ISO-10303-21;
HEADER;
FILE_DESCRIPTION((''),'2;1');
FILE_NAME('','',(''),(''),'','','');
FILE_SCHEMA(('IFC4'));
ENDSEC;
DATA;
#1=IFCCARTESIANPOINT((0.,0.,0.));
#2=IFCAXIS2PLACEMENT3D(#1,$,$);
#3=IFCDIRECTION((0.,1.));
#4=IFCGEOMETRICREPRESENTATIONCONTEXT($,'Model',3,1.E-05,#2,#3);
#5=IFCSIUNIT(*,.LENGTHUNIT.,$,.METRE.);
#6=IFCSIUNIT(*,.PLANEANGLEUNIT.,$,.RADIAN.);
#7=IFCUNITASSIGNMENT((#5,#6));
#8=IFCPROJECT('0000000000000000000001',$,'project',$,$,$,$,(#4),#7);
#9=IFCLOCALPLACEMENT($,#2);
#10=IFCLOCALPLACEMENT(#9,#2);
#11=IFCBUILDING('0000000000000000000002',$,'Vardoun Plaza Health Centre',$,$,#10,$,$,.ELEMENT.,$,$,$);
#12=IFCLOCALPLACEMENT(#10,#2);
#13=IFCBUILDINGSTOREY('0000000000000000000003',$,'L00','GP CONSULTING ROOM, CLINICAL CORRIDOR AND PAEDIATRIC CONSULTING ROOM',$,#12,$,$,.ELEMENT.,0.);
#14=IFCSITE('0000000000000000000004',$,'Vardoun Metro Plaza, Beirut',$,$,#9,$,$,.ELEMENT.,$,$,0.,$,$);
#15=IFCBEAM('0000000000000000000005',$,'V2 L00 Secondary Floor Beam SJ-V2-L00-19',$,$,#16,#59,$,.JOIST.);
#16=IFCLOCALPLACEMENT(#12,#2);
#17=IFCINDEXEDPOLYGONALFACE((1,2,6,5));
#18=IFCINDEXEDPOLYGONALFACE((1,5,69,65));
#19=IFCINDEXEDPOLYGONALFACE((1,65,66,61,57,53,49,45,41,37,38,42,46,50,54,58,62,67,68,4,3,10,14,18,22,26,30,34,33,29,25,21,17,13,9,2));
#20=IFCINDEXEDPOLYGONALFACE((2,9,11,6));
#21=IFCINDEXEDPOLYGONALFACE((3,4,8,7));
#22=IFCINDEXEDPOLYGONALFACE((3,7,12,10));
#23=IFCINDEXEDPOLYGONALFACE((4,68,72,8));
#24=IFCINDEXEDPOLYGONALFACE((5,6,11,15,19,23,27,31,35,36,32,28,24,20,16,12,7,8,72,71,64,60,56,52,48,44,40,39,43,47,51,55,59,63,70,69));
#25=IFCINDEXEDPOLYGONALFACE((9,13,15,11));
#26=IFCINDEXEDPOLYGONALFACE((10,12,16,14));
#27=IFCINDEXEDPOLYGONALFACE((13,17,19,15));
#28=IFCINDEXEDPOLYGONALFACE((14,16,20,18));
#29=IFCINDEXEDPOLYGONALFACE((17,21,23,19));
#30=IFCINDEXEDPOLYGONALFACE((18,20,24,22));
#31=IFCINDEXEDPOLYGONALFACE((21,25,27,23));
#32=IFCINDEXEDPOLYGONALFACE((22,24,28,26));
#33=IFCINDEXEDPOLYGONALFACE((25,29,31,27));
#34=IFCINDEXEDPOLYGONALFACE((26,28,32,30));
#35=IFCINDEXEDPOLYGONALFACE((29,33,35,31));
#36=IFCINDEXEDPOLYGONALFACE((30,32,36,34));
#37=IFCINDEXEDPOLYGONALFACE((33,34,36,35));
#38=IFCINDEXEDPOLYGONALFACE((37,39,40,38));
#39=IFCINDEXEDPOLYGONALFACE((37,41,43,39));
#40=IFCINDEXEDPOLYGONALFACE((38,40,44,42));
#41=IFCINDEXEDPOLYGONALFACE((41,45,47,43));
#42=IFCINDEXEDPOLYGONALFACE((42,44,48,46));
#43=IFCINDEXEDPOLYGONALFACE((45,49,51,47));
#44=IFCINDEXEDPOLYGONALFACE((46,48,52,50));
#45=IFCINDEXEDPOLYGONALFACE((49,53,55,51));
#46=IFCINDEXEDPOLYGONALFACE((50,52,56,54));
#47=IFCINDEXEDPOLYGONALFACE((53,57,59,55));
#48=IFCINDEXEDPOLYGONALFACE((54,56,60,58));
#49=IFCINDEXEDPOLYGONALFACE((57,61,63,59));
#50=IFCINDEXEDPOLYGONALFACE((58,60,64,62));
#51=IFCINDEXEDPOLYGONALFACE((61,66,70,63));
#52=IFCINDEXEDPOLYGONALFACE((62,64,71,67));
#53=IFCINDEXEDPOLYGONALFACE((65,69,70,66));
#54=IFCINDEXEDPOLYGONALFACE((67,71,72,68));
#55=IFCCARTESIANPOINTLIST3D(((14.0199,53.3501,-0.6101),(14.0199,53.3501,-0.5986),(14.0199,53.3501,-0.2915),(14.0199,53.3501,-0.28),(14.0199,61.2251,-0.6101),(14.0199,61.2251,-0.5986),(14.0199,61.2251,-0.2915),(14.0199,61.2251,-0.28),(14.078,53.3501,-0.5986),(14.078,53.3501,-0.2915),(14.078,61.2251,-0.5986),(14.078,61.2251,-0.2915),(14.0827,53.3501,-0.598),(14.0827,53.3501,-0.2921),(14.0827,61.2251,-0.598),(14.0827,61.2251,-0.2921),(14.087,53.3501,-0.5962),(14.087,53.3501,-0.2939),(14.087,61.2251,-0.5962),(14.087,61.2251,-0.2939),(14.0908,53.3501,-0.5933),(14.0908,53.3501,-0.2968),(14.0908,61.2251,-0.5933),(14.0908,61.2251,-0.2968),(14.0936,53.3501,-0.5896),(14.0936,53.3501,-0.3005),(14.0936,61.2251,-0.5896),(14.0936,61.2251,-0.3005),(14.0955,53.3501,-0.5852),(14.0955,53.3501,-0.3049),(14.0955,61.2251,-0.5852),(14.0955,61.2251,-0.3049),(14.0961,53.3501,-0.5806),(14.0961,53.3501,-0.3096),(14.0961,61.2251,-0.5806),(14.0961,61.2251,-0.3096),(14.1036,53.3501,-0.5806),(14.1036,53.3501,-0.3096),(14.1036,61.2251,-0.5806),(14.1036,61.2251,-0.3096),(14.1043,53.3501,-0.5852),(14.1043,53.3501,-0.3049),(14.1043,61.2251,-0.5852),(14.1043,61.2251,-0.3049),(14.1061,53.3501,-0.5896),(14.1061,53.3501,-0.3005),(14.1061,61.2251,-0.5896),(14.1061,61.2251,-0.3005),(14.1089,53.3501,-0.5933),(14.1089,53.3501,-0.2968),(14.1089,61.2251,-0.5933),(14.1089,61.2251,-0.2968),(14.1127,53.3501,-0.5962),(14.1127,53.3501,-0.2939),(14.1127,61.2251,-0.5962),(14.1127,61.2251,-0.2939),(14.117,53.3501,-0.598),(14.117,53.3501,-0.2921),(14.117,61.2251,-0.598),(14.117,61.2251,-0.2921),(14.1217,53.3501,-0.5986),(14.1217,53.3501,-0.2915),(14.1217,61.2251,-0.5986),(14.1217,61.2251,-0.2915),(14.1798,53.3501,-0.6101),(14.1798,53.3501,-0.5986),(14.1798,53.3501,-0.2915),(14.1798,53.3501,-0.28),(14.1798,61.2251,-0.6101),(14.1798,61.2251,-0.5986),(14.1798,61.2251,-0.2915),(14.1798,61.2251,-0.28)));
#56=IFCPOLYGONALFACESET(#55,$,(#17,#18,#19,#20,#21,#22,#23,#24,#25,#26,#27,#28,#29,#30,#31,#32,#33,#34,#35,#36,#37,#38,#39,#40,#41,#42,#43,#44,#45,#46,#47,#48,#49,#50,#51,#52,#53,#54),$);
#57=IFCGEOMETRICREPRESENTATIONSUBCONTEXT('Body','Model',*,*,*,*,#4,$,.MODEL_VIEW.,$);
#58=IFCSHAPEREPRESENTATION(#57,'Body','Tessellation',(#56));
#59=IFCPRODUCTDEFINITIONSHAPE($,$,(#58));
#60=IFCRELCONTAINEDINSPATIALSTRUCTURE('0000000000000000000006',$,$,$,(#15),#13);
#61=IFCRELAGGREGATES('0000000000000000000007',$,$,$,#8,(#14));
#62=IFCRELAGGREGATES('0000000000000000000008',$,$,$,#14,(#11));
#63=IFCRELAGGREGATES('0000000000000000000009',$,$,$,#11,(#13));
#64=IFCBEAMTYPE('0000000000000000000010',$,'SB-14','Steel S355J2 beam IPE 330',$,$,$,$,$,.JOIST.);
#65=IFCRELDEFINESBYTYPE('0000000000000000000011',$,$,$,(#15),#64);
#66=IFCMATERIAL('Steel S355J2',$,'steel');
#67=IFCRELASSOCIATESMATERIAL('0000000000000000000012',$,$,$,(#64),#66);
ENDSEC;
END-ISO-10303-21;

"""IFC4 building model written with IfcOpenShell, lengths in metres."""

from ifc_helpers import new_model, si_unit, direction, frame, origin, origin_2d, place, context, subcontext, project, spatial, i_section, extrude, material, material_profile, profile_set, type_object, element, save


model = new_model("IFC4")

# Units and contexts
model_context = context("Model", 3, precision=1e-05, world=origin(), true_north=direction((0.0, 1.0)))
body_context = subcontext(model_context, "Body", "Model", "MODEL_VIEW")
ifc_project = project(units=[si_unit("LENGTHUNIT", "METRE"), si_unit("PLANEANGLEUNIT", "RADIAN")], contexts=[model_context])

# Site, building, storey
site_placement = place(None, origin())
site = spatial("IfcSite", under=ifc_project, at=site_placement, Name="Vardoun Metro Plaza, Beirut", CompositionType="ELEMENT", RefElevation=0.0)
building_placement = place(site_placement, origin())
building = spatial("IfcBuilding", under=site, at=building_placement, Name="Vardoun Plaza Health Centre", CompositionType="ELEMENT")
storey_placement = place(building_placement, origin())
storey = spatial("IfcBuildingStorey", under=building, at=storey_placement, Name="L00", Description="GP CONSULTING ROOM, CLINICAL CORRIDOR AND PAEDIATRIC CONSULTING ROOM", CompositionType="ELEMENT", Elevation=0.0)

# Beam
ifc_material_1 = material(Name="Steel S355J2", Category="steel")
ifc_material_profile_1 = material_profile(ifc_material_1, i_section(OverallWidth=0.1599, OverallDepth=0.3301, WebThickness=0.0076, FlangeThickness=0.0115, FilletRadius=0.0181, at=origin_2d()), Name="IPE 330")
ifc_profile_set_1 = profile_set([ifc_material_profile_1], Name="Steel S355J2")
beam_type_1 = type_object("IfcBeamType", Name="SB-14", Description="Steel S355J2 beam IPE 330", PredefinedType="JOIST", material=ifc_profile_set_1)
beam_1_placement = place(storey_placement, frame((14.0999, 53.3501, -0.4451), z_axis=(0.0, 1.0, 0.0), x_axis=(-1.0, 0.0, 0.0)))
element("IfcBeam", 1, at=beam_1_placement, inside=storey, type_object=beam_type_1, Name="V2 L00 Secondary Floor Beam SJ-V2-L00-19", PredefinedType="JOIST", context=body_context, shape_type="SweptSolid", body=[
    extrude(i_section(OverallWidth=0.1599, OverallDepth=0.3301, WebThickness=0.0076, FlangeThickness=0.0115, FilletRadius=0.0181, at=origin_2d()), origin(), (0.0, 0.0, 1.0), 7.875),
])

save(model, "model.ifc")
